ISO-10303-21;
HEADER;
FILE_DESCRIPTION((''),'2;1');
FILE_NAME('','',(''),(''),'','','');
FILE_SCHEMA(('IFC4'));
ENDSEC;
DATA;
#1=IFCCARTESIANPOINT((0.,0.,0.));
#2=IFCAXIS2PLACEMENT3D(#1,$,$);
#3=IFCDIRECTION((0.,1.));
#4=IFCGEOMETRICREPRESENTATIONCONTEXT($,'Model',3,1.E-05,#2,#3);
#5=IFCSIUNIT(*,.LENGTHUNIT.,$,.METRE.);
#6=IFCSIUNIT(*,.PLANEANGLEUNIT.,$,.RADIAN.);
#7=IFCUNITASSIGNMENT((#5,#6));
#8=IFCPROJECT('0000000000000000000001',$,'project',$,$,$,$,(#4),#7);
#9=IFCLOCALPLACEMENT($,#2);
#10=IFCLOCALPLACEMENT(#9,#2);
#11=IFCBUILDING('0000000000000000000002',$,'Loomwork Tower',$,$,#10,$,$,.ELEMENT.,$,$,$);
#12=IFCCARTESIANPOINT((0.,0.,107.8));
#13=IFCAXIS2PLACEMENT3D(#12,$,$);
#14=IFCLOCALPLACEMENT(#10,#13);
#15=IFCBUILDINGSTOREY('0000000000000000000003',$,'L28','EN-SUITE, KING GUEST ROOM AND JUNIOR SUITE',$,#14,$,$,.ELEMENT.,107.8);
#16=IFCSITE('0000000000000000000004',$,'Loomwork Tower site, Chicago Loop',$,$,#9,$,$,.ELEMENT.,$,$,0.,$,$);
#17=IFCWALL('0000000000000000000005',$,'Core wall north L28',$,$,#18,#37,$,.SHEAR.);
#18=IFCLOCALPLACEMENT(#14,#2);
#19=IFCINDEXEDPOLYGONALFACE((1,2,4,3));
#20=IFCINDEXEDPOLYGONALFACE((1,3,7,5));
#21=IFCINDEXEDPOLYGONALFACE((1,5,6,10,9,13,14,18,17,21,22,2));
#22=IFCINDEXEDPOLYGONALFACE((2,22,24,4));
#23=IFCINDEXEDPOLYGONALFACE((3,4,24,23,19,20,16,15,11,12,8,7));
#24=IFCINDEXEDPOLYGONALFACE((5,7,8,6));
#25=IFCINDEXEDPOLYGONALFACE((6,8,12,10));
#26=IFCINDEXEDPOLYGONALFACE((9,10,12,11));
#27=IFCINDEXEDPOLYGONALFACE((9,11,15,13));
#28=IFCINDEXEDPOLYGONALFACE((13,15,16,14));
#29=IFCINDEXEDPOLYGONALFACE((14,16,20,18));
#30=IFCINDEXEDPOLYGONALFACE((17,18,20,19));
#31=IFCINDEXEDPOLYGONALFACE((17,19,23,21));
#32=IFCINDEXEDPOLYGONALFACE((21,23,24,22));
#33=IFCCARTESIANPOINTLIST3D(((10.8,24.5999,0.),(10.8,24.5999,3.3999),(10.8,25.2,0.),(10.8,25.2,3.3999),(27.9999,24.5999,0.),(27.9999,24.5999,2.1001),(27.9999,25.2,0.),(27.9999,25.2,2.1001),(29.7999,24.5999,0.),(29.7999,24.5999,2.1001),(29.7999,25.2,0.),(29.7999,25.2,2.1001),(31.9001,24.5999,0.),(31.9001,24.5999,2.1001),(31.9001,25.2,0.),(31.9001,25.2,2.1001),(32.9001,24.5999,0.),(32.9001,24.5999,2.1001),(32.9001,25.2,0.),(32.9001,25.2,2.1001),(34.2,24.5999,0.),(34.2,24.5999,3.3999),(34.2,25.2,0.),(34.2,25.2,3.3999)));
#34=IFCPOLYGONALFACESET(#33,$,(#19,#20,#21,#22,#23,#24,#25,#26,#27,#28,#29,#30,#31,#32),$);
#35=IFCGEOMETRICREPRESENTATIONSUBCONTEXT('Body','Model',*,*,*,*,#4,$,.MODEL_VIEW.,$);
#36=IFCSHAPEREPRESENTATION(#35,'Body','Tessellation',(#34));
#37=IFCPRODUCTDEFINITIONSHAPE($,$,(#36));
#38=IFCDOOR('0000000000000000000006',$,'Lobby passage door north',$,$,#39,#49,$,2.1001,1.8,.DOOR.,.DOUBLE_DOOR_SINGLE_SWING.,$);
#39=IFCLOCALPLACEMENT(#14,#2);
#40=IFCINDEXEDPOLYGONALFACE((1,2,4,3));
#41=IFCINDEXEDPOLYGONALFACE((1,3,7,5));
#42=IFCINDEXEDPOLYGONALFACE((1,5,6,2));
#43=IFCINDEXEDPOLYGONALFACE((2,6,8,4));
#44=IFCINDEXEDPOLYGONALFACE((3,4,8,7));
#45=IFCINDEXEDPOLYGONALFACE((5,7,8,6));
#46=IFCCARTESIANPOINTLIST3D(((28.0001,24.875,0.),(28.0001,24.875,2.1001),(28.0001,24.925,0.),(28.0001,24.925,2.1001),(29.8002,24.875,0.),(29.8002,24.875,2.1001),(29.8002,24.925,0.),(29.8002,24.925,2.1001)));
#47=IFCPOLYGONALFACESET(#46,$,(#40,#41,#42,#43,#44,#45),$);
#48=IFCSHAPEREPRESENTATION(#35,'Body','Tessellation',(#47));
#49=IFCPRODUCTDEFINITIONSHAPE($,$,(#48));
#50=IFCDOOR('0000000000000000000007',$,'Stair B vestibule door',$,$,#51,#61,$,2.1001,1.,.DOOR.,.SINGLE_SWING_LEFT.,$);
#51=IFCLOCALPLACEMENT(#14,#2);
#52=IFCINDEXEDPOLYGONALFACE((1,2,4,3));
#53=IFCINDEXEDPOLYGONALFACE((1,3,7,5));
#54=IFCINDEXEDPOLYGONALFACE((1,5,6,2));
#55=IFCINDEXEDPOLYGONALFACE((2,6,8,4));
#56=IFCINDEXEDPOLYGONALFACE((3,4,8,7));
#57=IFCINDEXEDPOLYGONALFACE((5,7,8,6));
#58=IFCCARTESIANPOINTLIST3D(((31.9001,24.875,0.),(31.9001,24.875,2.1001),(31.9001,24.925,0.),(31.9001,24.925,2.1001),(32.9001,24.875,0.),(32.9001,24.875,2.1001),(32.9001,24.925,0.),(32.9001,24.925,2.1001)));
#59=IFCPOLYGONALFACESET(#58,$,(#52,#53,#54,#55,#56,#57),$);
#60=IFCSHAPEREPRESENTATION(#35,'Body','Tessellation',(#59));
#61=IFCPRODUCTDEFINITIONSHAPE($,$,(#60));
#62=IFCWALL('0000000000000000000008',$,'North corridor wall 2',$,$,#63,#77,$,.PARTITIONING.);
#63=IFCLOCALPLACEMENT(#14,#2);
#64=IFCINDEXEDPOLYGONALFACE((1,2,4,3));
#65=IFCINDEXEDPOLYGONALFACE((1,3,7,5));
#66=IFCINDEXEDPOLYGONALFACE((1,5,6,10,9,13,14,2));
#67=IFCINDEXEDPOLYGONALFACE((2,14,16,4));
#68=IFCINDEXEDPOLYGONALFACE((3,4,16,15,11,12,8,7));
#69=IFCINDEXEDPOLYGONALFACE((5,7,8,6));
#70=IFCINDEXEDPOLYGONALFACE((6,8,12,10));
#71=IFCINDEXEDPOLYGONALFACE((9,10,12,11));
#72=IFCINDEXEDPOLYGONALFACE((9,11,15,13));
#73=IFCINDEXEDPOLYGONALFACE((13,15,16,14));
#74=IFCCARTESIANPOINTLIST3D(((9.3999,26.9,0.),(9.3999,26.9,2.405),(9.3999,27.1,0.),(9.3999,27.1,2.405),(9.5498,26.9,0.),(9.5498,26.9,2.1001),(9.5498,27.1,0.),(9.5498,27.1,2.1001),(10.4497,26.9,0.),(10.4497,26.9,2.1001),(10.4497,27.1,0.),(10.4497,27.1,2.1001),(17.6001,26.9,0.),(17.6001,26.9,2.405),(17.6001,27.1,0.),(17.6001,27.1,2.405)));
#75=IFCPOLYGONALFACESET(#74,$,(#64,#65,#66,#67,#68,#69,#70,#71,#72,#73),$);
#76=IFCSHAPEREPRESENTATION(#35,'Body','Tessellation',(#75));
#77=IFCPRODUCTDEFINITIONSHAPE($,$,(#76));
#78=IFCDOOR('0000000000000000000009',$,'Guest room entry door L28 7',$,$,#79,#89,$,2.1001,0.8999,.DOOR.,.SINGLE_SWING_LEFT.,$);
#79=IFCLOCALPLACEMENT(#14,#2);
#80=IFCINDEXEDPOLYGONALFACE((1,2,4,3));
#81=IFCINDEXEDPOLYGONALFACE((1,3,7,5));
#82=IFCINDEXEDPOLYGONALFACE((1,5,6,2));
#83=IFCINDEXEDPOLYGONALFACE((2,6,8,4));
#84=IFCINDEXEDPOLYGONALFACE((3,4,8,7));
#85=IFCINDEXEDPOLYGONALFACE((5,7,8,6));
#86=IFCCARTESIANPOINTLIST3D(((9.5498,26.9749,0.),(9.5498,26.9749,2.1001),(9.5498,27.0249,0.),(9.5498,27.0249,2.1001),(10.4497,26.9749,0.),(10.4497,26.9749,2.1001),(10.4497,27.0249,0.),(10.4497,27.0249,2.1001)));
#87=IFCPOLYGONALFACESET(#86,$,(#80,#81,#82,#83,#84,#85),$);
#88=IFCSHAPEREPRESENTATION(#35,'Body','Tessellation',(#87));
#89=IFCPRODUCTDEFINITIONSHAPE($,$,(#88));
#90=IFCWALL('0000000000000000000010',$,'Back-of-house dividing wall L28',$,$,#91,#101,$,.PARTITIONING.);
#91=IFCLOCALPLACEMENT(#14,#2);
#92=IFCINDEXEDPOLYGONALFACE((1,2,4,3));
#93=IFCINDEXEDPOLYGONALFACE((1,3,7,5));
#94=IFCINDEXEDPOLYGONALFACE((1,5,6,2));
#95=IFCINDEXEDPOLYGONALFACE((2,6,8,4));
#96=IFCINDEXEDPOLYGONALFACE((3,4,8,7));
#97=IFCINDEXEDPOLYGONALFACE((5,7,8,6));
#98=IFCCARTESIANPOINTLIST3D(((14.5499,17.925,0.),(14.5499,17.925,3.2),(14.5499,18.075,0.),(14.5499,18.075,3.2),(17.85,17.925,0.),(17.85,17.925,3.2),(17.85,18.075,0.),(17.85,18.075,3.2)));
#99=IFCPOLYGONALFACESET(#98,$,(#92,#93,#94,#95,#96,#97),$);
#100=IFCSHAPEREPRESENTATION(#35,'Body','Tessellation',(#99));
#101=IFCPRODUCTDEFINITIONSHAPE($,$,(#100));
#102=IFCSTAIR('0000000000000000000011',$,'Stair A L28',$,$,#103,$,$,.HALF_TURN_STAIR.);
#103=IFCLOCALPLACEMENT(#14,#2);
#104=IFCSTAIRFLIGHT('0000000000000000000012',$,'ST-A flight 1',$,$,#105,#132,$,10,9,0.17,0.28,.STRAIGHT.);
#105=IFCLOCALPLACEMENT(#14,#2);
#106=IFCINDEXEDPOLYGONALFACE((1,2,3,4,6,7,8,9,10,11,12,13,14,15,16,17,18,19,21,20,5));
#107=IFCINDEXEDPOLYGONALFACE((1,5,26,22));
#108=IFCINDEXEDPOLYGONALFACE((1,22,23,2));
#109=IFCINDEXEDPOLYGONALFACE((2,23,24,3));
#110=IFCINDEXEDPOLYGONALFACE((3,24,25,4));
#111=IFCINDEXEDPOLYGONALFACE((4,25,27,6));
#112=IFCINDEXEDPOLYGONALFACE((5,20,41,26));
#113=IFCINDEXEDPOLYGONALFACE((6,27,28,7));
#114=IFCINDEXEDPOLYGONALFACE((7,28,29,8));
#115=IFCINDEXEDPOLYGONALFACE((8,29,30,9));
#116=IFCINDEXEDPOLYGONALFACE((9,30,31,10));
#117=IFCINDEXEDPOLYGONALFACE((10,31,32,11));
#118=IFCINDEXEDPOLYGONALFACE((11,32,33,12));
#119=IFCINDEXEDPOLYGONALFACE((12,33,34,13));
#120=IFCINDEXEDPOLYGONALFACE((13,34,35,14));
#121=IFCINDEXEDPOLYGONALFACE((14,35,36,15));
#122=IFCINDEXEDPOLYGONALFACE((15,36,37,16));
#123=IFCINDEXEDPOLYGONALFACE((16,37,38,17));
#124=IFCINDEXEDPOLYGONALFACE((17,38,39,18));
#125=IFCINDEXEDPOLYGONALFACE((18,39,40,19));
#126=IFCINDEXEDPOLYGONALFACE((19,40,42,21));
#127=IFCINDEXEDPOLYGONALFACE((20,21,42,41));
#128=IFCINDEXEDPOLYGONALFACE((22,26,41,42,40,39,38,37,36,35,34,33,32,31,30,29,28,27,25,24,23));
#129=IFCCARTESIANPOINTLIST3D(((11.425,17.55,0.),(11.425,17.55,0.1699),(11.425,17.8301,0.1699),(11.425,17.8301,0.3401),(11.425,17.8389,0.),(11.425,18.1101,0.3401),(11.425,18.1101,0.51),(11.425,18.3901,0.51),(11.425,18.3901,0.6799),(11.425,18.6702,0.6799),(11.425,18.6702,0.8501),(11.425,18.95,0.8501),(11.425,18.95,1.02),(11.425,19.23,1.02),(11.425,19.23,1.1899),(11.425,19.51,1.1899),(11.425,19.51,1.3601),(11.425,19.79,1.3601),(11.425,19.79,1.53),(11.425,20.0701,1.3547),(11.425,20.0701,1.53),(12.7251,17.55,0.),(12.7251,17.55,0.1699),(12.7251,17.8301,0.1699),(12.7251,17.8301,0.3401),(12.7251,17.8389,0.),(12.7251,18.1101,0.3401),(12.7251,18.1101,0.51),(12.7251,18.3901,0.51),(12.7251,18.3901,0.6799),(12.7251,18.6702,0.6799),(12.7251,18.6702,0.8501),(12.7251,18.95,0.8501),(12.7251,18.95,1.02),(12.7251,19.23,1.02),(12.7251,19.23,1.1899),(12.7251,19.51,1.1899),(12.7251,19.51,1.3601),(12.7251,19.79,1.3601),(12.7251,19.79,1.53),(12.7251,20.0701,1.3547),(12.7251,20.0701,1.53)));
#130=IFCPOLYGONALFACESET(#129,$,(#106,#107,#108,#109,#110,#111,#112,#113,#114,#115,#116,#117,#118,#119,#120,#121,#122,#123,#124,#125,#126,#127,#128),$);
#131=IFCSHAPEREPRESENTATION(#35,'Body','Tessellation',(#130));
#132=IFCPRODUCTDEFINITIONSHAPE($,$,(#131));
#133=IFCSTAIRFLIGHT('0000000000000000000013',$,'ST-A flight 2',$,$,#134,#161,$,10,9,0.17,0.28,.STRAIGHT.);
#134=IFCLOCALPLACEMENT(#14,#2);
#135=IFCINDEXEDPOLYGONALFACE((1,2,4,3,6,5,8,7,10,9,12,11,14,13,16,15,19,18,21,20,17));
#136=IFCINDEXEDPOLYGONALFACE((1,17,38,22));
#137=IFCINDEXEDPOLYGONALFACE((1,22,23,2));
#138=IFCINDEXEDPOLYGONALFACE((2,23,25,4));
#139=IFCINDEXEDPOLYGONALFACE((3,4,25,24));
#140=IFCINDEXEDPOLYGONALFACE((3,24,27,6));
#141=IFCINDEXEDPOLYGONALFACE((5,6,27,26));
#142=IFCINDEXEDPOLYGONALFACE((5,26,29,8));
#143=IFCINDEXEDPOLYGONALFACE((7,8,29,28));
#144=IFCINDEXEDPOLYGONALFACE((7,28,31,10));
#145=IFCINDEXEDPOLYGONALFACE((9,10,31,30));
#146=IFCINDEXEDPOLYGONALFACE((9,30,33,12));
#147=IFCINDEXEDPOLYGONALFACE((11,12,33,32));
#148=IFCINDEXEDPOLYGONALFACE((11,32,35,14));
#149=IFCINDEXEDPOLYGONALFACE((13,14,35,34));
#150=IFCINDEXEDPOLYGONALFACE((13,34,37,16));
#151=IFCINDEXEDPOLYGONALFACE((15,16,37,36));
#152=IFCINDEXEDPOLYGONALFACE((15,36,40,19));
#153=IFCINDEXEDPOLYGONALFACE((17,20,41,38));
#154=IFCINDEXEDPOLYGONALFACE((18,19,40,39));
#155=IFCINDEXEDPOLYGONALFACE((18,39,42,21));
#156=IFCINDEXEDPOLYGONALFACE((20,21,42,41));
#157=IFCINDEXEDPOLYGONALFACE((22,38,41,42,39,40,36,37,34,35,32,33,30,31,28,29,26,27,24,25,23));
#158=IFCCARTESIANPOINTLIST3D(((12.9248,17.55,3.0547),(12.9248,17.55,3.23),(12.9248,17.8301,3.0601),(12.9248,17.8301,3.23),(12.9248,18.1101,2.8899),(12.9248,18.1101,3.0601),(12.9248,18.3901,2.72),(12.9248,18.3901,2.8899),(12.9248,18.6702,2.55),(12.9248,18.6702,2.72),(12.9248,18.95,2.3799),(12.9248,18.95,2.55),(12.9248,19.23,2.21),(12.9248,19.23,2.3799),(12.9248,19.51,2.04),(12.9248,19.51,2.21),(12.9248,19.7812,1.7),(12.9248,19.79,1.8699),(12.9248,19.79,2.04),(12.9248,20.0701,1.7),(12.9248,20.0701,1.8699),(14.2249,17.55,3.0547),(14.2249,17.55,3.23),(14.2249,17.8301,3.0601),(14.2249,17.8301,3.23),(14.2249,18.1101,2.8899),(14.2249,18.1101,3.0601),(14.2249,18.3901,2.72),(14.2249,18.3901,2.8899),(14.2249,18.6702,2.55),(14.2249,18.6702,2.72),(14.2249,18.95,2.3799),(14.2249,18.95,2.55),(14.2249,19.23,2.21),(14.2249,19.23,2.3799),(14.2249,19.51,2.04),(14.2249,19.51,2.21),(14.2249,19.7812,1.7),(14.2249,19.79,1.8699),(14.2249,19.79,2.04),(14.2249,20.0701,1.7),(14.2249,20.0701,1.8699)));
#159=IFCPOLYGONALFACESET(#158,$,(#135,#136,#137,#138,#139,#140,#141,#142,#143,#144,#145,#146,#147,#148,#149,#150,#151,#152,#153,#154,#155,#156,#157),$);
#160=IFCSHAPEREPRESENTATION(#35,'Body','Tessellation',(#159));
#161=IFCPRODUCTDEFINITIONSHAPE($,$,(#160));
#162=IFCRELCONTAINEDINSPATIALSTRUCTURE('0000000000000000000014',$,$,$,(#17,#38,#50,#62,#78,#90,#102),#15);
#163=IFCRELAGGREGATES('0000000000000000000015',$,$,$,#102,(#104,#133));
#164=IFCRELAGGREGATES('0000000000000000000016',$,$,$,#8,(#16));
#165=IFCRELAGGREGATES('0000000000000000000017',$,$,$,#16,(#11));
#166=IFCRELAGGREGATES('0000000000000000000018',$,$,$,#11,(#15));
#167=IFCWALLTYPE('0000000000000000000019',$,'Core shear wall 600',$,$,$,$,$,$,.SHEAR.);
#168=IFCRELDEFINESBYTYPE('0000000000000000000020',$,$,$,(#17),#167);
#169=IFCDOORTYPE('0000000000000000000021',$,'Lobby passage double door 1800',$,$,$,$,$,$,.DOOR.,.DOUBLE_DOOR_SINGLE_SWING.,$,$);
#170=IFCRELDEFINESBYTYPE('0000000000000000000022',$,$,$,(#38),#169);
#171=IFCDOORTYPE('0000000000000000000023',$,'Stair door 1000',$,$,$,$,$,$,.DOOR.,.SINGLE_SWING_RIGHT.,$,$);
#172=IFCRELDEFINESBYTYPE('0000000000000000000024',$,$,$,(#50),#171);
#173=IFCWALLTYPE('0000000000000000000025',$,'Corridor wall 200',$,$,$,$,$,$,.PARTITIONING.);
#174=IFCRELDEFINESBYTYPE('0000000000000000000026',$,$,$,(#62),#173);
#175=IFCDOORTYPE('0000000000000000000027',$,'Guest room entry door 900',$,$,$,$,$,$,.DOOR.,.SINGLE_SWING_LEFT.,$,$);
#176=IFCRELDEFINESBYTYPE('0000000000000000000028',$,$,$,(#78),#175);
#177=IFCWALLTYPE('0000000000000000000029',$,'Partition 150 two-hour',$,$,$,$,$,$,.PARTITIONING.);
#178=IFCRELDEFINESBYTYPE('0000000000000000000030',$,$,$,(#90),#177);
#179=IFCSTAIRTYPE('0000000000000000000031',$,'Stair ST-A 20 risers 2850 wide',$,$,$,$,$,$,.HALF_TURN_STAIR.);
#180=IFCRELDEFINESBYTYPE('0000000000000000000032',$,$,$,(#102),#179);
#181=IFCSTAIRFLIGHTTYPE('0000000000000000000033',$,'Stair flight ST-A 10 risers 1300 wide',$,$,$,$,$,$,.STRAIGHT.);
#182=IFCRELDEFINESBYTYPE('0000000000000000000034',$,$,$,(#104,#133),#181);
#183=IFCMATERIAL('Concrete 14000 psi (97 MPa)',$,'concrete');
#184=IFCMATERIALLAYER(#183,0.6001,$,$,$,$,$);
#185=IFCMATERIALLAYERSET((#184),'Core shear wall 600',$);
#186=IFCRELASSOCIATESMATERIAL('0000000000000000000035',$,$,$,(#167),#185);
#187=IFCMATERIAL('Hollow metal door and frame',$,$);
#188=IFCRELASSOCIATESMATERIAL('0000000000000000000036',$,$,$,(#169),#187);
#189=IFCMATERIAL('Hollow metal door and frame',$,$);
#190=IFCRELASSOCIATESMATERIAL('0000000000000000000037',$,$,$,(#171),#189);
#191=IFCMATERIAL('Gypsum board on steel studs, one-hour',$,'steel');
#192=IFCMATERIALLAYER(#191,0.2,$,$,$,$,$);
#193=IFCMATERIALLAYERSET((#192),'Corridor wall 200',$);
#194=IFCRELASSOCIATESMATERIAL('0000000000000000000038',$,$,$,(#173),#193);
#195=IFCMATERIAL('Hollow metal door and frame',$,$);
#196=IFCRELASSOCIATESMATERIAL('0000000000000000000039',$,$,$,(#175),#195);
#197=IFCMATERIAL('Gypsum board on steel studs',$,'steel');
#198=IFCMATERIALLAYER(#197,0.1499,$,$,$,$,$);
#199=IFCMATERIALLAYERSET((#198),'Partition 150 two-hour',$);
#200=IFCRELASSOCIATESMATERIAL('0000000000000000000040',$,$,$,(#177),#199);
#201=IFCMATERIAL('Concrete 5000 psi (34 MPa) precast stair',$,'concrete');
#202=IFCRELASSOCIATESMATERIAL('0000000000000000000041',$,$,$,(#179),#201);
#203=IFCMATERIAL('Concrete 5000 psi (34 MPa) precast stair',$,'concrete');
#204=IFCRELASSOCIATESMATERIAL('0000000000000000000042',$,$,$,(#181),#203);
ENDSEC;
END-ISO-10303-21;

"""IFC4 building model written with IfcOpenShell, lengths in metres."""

from ifc_helpers import new_model, si_unit, direction, frame, frame_2d, origin, place, context, subcontext, project, spatial, polyline, rectangle, outline, extrude, material, layer, layer_set, type_object, element, fill, aggregate, save


model = new_model("IFC4")

# Units and contexts
model_context = context("Model", 3, precision=1e-05, world=origin(), true_north=direction((0.0, 1.0)))
body_context = subcontext(model_context, "Body", "Model", "MODEL_VIEW")
ifc_project = project(units=[si_unit("LENGTHUNIT", "METRE"), si_unit("PLANEANGLEUNIT", "RADIAN")], contexts=[model_context])

# Site, building, storey
site_placement = place(None, origin())
site = spatial("IfcSite", under=ifc_project, at=site_placement, Name="Loomwork Tower site, Chicago Loop", CompositionType="ELEMENT", RefElevation=0.0)
building_placement = place(site_placement, origin())
building = spatial("IfcBuilding", under=site, at=building_placement, Name="Loomwork Tower", CompositionType="ELEMENT")
storey_placement = place(building_placement, frame((0.0, 0.0, 107.8)))
storey = spatial("IfcBuildingStorey", under=building, at=storey_placement, Name="L28", Description="EN-SUITE, KING GUEST ROOM AND JUNIOR SUITE", CompositionType="ELEMENT", Elevation=107.8)

# Wall, openings, doors
ifc_material_1 = material(Name="Concrete 14000 psi (97 MPa)", Category="concrete")
ifc_layer_1 = layer(ifc_material_1, 0.6001)
ifc_layer_set_1 = layer_set([ifc_layer_1], Name="Core shear wall 600")
wall_type_1 = type_object("IfcWallType", Name="Core shear wall 600", PredefinedType="SHEAR", material=ifc_layer_set_1)
wall_1_placement = place(storey_placement, frame((10.8, 24.8999, 0.0), z_axis=(0.0, 0.0, 1.0), x_axis=(1.0, 0.0, 0.0)))
wall_1 = element("IfcWall", 1, at=wall_1_placement, inside=storey, type_object=wall_type_1, Name="Core wall north L28", PredefinedType="SHEAR", context=body_context, shape_type="SweptSolid", body=[
    extrude(rectangle(XDim=23.3999, YDim=0.6001, at=frame_2d((11.7, 0.0))), origin(), (0.0, 0.0, 1.0), 3.3999),
])
opening_1_placement = place(wall_1_placement, frame((17.2, 0.0, 0.0)))
opening_1 = element("IfcOpeningElement", 2, at=opening_1_placement, cuts=wall_1, PredefinedType="OPENING", context=body_context, shape_type="SweptSolid", body=[
    extrude(rectangle(XDim=1.8, YDim=2.1001, at=frame_2d((0.8999, 1.05))), frame((0.0, 0.3101, 0.0), z_axis=(0.0, -1.0, 0.0), x_axis=(1.0, 0.0, 0.0)), (0.0, 0.0, 1.0), 0.6201),
])
opening_2_placement = place(wall_1_placement, frame((21.1001, 0.0, 0.0)))
opening_2 = element("IfcOpeningElement", 3, at=opening_2_placement, cuts=wall_1, PredefinedType="OPENING", context=body_context, shape_type="SweptSolid", body=[
    extrude(rectangle(XDim=1.0, YDim=2.1001, at=frame_2d((0.5, 1.05))), frame((0.0, 0.3101, 0.0), z_axis=(0.0, -1.0, 0.0), x_axis=(1.0, 0.0, 0.0)), (0.0, 0.0, 1.0), 0.6201),
])
ifc_material_2 = material(Name="Hollow metal door and frame")
door_type_1 = type_object("IfcDoorType", Name="Lobby passage double door 1800", OperationType="DOUBLE_DOOR_SINGLE_SWING", PredefinedType="DOOR", material=ifc_material_2)
door_1_placement = place(opening_1_placement, frame((1.8, 0.0, 0.0), z_axis=(0.0, 0.0, 1.0), x_axis=(-1.0, 0.0, 0.0)))
door_1 = element("IfcDoor", 4, at=door_1_placement, inside=storey, type_object=door_type_1, Name="Lobby passage door north", OperationType="DOUBLE_DOOR_SINGLE_SWING", OverallHeight=2.1001, OverallWidth=1.8, PredefinedType="DOOR", context=body_context, shape_type="SweptSolid", body=[
    extrude(rectangle(XDim=1.8, YDim=2.1001, at=frame_2d((0.8999, 1.05))), frame((0.0, 0.0249, 0.0), z_axis=(0.0, -1.0, 0.0), x_axis=(1.0, 0.0, 0.0)), (0.0, 0.0, 1.0), 0.05),
])
fill(opening_1, door_1)
ifc_material_3 = material(Name="Hollow metal door and frame")
door_type_2 = type_object("IfcDoorType", Name="Stair door 1000", OperationType="SINGLE_SWING_RIGHT", PredefinedType="DOOR", material=ifc_material_3)
door_2_placement = place(opening_2_placement, frame((1.0, 0.0, 0.0), z_axis=(0.0, 0.0, 1.0), x_axis=(-1.0, 0.0, 0.0)))
door_2 = element("IfcDoor", 5, at=door_2_placement, inside=storey, type_object=door_type_2, Name="Stair B vestibule door", OperationType="SINGLE_SWING_LEFT", OverallHeight=2.1001, OverallWidth=1.0, PredefinedType="DOOR", context=body_context, shape_type="SweptSolid", body=[
    extrude(rectangle(XDim=1.0, YDim=2.1001, at=frame_2d((0.5, 1.05))), frame((0.0, 0.0249, 0.0), z_axis=(0.0, -1.0, 0.0), x_axis=(1.0, 0.0, 0.0)), (0.0, 0.0, 1.0), 0.05),
])
fill(opening_2, door_2)

# Wall, opening, door
ifc_material_4 = material(Name="Gypsum board on steel studs, one-hour", Category="steel")
ifc_layer_2 = layer(ifc_material_4, 0.2)
ifc_layer_set_2 = layer_set([ifc_layer_2], Name="Corridor wall 200")
wall_type_2 = type_object("IfcWallType", Name="Corridor wall 200", PredefinedType="PARTITIONING", material=ifc_layer_set_2)
wall_2_placement = place(storey_placement, frame((9.3999, 27.0, 0.0), z_axis=(0.0, 0.0, 1.0), x_axis=(1.0, 0.0, 0.0)))
wall_2 = element("IfcWall", 6, at=wall_2_placement, inside=storey, type_object=wall_type_2, Name="North corridor wall 2", PredefinedType="PARTITIONING", context=body_context, shape_type="SweptSolid", body=[
    extrude(rectangle(XDim=8.2002, YDim=0.2, at=frame_2d((4.1001, 0.0))), origin(), (0.0, 0.0, 1.0), 2.405),
])
opening_3_placement = place(wall_2_placement, frame((0.1499, 0.0, 0.0)))
opening_3 = element("IfcOpeningElement", 7, at=opening_3_placement, cuts=wall_2, PredefinedType="OPENING", context=body_context, shape_type="SweptSolid", body=[
    extrude(rectangle(XDim=0.8999, YDim=2.1001, at=frame_2d((0.45, 1.05))), frame((0.0, 0.1099, 0.0), z_axis=(0.0, -1.0, 0.0), x_axis=(1.0, 0.0, 0.0)), (0.0, 0.0, 1.0), 0.22),
])
ifc_material_5 = material(Name="Hollow metal door and frame")
door_type_3 = type_object("IfcDoorType", Name="Guest room entry door 900", OperationType="SINGLE_SWING_LEFT", PredefinedType="DOOR", material=ifc_material_5)
door_3_placement = place(opening_3_placement, origin())
door_3 = element("IfcDoor", 8, at=door_3_placement, inside=storey, type_object=door_type_3, Name="Guest room entry door L28 7", OperationType="SINGLE_SWING_LEFT", OverallHeight=2.1001, OverallWidth=0.8999, PredefinedType="DOOR", context=body_context, shape_type="SweptSolid", body=[
    extrude(rectangle(XDim=0.8999, YDim=2.1001, at=frame_2d((0.45, 1.05))), frame((0.0, 0.0249, 0.0), z_axis=(0.0, -1.0, 0.0), x_axis=(1.0, 0.0, 0.0)), (0.0, 0.0, 1.0), 0.05),
])
fill(opening_3, door_3)

# Wall
ifc_material_6 = material(Name="Gypsum board on steel studs", Category="steel")
ifc_layer_3 = layer(ifc_material_6, 0.1499)
ifc_layer_set_3 = layer_set([ifc_layer_3], Name="Partition 150 two-hour")
wall_type_3 = type_object("IfcWallType", Name="Partition 150 two-hour", PredefinedType="PARTITIONING", material=ifc_layer_set_3)
wall_3_placement = place(storey_placement, frame((14.55, 18.0, 0.0), z_axis=(0.0, 0.0, 1.0), x_axis=(1.0, 0.0, 0.0)))
element("IfcWall", 9, at=wall_3_placement, inside=storey, type_object=wall_type_3, Name="Back-of-house dividing wall L28", PredefinedType="PARTITIONING", context=body_context, shape_type="SweptSolid", body=[
    extrude(rectangle(XDim=3.3, YDim=0.1499, at=frame_2d((1.6499, 0.0))), origin(), (0.0, 0.0, 1.0), 3.2),
])

# Stair, stair flights
ifc_material_7 = material(Name="Concrete 5000 psi (34 MPa) precast stair", Category="concrete")
stair_type = type_object("IfcStairType", Name="Stair ST-A 20 risers 2850 wide", PredefinedType="HALF_TURN_STAIR", material=ifc_material_7)
stair_placement = place(storey_placement, origin())
stair = element("IfcStair", 10, at=stair_placement, inside=storey, type_object=stair_type, Name="Stair A L28", PredefinedType="HALF_TURN_STAIR")
ifc_material_8 = material(Name="Concrete 5000 psi (34 MPa) precast stair", Category="concrete")
stair_flight_type = type_object("IfcStairFlightType", Name="Stair flight ST-A 10 risers 1300 wide", PredefinedType="STRAIGHT", material=ifc_material_8)
stair_flight_1_placement = place(storey_placement, frame((12.075, 17.55, 0.0), z_axis=(0.0, 0.0, 1.0), x_axis=(0.0, 1.0, 0.0)))
stair_flight_1 = element("IfcStairFlight", 11, at=stair_flight_1_placement, type_object=stair_flight_type, Name="ST-A flight 1", NumberOfRisers=10, NumberOfTreads=9, PredefinedType="STRAIGHT", RiserHeight=0.17, TreadLength=0.28, context=body_context, shape_type="SweptSolid", body=[
    extrude(outline(polyline([(0.0, 0.0), (0.0, 0.1699), (0.28, 0.1699), (0.28, 0.3401), (0.5601, 0.3401), (0.5601, 0.51), (0.8401, 0.51), (0.8401, 0.6799), (1.1201, 0.6799), (1.1201, 0.8501), (1.3999, 0.8501), (1.3999, 1.02), (1.6799, 1.02), (1.6799, 1.1899), (1.96, 1.1899), (1.96, 1.3601), (2.24, 1.3601), (2.24, 1.53), (2.52, 1.53), (2.52, 1.7), (2.52, 1.3547), (0.2888, 0.0), (0.0, 0.0)])), frame((0.0, 0.6499, 0.0), z_axis=(0.0, -1.0, 0.0), x_axis=(1.0, 0.0, 0.0)), (0.0, 0.0, 1.0), 1.3),
])
stair_flight_2_placement = place(storey_placement, frame((13.575, 20.0701, 1.7), z_axis=(0.0, 0.0, 1.0), x_axis=(0.0, -1.0, 0.0)))
stair_flight_2 = element("IfcStairFlight", 12, at=stair_flight_2_placement, type_object=stair_flight_type, Name="ST-A flight 2", NumberOfRisers=10, NumberOfTreads=9, PredefinedType="STRAIGHT", RiserHeight=0.17, TreadLength=0.28, context=body_context, shape_type="SweptSolid", body=[
    extrude(outline(polyline([(0.0, 0.0), (0.0, 0.1699), (0.28, 0.1699), (0.28, 0.3401), (0.5601, 0.3401), (0.5601, 0.51), (0.8401, 0.51), (0.8401, 0.6799), (1.1201, 0.6799), (1.1201, 0.8501), (1.3999, 0.8501), (1.3999, 1.02), (1.6799, 1.02), (1.6799, 1.1899), (1.96, 1.1899), (1.96, 1.3601), (2.24, 1.3601), (2.24, 1.53), (2.52, 1.53), (2.52, 1.7), (2.52, 1.3547), (0.2888, 0.0), (0.0, 0.0)])), frame((0.0, 0.6499, 0.0), z_axis=(0.0, -1.0, 0.0), x_axis=(1.0, 0.0, 0.0)), (0.0, 0.0, 1.0), 1.3),
])
aggregate(stair, [stair_flight_1, stair_flight_2])

save(model, "model.ifc")
